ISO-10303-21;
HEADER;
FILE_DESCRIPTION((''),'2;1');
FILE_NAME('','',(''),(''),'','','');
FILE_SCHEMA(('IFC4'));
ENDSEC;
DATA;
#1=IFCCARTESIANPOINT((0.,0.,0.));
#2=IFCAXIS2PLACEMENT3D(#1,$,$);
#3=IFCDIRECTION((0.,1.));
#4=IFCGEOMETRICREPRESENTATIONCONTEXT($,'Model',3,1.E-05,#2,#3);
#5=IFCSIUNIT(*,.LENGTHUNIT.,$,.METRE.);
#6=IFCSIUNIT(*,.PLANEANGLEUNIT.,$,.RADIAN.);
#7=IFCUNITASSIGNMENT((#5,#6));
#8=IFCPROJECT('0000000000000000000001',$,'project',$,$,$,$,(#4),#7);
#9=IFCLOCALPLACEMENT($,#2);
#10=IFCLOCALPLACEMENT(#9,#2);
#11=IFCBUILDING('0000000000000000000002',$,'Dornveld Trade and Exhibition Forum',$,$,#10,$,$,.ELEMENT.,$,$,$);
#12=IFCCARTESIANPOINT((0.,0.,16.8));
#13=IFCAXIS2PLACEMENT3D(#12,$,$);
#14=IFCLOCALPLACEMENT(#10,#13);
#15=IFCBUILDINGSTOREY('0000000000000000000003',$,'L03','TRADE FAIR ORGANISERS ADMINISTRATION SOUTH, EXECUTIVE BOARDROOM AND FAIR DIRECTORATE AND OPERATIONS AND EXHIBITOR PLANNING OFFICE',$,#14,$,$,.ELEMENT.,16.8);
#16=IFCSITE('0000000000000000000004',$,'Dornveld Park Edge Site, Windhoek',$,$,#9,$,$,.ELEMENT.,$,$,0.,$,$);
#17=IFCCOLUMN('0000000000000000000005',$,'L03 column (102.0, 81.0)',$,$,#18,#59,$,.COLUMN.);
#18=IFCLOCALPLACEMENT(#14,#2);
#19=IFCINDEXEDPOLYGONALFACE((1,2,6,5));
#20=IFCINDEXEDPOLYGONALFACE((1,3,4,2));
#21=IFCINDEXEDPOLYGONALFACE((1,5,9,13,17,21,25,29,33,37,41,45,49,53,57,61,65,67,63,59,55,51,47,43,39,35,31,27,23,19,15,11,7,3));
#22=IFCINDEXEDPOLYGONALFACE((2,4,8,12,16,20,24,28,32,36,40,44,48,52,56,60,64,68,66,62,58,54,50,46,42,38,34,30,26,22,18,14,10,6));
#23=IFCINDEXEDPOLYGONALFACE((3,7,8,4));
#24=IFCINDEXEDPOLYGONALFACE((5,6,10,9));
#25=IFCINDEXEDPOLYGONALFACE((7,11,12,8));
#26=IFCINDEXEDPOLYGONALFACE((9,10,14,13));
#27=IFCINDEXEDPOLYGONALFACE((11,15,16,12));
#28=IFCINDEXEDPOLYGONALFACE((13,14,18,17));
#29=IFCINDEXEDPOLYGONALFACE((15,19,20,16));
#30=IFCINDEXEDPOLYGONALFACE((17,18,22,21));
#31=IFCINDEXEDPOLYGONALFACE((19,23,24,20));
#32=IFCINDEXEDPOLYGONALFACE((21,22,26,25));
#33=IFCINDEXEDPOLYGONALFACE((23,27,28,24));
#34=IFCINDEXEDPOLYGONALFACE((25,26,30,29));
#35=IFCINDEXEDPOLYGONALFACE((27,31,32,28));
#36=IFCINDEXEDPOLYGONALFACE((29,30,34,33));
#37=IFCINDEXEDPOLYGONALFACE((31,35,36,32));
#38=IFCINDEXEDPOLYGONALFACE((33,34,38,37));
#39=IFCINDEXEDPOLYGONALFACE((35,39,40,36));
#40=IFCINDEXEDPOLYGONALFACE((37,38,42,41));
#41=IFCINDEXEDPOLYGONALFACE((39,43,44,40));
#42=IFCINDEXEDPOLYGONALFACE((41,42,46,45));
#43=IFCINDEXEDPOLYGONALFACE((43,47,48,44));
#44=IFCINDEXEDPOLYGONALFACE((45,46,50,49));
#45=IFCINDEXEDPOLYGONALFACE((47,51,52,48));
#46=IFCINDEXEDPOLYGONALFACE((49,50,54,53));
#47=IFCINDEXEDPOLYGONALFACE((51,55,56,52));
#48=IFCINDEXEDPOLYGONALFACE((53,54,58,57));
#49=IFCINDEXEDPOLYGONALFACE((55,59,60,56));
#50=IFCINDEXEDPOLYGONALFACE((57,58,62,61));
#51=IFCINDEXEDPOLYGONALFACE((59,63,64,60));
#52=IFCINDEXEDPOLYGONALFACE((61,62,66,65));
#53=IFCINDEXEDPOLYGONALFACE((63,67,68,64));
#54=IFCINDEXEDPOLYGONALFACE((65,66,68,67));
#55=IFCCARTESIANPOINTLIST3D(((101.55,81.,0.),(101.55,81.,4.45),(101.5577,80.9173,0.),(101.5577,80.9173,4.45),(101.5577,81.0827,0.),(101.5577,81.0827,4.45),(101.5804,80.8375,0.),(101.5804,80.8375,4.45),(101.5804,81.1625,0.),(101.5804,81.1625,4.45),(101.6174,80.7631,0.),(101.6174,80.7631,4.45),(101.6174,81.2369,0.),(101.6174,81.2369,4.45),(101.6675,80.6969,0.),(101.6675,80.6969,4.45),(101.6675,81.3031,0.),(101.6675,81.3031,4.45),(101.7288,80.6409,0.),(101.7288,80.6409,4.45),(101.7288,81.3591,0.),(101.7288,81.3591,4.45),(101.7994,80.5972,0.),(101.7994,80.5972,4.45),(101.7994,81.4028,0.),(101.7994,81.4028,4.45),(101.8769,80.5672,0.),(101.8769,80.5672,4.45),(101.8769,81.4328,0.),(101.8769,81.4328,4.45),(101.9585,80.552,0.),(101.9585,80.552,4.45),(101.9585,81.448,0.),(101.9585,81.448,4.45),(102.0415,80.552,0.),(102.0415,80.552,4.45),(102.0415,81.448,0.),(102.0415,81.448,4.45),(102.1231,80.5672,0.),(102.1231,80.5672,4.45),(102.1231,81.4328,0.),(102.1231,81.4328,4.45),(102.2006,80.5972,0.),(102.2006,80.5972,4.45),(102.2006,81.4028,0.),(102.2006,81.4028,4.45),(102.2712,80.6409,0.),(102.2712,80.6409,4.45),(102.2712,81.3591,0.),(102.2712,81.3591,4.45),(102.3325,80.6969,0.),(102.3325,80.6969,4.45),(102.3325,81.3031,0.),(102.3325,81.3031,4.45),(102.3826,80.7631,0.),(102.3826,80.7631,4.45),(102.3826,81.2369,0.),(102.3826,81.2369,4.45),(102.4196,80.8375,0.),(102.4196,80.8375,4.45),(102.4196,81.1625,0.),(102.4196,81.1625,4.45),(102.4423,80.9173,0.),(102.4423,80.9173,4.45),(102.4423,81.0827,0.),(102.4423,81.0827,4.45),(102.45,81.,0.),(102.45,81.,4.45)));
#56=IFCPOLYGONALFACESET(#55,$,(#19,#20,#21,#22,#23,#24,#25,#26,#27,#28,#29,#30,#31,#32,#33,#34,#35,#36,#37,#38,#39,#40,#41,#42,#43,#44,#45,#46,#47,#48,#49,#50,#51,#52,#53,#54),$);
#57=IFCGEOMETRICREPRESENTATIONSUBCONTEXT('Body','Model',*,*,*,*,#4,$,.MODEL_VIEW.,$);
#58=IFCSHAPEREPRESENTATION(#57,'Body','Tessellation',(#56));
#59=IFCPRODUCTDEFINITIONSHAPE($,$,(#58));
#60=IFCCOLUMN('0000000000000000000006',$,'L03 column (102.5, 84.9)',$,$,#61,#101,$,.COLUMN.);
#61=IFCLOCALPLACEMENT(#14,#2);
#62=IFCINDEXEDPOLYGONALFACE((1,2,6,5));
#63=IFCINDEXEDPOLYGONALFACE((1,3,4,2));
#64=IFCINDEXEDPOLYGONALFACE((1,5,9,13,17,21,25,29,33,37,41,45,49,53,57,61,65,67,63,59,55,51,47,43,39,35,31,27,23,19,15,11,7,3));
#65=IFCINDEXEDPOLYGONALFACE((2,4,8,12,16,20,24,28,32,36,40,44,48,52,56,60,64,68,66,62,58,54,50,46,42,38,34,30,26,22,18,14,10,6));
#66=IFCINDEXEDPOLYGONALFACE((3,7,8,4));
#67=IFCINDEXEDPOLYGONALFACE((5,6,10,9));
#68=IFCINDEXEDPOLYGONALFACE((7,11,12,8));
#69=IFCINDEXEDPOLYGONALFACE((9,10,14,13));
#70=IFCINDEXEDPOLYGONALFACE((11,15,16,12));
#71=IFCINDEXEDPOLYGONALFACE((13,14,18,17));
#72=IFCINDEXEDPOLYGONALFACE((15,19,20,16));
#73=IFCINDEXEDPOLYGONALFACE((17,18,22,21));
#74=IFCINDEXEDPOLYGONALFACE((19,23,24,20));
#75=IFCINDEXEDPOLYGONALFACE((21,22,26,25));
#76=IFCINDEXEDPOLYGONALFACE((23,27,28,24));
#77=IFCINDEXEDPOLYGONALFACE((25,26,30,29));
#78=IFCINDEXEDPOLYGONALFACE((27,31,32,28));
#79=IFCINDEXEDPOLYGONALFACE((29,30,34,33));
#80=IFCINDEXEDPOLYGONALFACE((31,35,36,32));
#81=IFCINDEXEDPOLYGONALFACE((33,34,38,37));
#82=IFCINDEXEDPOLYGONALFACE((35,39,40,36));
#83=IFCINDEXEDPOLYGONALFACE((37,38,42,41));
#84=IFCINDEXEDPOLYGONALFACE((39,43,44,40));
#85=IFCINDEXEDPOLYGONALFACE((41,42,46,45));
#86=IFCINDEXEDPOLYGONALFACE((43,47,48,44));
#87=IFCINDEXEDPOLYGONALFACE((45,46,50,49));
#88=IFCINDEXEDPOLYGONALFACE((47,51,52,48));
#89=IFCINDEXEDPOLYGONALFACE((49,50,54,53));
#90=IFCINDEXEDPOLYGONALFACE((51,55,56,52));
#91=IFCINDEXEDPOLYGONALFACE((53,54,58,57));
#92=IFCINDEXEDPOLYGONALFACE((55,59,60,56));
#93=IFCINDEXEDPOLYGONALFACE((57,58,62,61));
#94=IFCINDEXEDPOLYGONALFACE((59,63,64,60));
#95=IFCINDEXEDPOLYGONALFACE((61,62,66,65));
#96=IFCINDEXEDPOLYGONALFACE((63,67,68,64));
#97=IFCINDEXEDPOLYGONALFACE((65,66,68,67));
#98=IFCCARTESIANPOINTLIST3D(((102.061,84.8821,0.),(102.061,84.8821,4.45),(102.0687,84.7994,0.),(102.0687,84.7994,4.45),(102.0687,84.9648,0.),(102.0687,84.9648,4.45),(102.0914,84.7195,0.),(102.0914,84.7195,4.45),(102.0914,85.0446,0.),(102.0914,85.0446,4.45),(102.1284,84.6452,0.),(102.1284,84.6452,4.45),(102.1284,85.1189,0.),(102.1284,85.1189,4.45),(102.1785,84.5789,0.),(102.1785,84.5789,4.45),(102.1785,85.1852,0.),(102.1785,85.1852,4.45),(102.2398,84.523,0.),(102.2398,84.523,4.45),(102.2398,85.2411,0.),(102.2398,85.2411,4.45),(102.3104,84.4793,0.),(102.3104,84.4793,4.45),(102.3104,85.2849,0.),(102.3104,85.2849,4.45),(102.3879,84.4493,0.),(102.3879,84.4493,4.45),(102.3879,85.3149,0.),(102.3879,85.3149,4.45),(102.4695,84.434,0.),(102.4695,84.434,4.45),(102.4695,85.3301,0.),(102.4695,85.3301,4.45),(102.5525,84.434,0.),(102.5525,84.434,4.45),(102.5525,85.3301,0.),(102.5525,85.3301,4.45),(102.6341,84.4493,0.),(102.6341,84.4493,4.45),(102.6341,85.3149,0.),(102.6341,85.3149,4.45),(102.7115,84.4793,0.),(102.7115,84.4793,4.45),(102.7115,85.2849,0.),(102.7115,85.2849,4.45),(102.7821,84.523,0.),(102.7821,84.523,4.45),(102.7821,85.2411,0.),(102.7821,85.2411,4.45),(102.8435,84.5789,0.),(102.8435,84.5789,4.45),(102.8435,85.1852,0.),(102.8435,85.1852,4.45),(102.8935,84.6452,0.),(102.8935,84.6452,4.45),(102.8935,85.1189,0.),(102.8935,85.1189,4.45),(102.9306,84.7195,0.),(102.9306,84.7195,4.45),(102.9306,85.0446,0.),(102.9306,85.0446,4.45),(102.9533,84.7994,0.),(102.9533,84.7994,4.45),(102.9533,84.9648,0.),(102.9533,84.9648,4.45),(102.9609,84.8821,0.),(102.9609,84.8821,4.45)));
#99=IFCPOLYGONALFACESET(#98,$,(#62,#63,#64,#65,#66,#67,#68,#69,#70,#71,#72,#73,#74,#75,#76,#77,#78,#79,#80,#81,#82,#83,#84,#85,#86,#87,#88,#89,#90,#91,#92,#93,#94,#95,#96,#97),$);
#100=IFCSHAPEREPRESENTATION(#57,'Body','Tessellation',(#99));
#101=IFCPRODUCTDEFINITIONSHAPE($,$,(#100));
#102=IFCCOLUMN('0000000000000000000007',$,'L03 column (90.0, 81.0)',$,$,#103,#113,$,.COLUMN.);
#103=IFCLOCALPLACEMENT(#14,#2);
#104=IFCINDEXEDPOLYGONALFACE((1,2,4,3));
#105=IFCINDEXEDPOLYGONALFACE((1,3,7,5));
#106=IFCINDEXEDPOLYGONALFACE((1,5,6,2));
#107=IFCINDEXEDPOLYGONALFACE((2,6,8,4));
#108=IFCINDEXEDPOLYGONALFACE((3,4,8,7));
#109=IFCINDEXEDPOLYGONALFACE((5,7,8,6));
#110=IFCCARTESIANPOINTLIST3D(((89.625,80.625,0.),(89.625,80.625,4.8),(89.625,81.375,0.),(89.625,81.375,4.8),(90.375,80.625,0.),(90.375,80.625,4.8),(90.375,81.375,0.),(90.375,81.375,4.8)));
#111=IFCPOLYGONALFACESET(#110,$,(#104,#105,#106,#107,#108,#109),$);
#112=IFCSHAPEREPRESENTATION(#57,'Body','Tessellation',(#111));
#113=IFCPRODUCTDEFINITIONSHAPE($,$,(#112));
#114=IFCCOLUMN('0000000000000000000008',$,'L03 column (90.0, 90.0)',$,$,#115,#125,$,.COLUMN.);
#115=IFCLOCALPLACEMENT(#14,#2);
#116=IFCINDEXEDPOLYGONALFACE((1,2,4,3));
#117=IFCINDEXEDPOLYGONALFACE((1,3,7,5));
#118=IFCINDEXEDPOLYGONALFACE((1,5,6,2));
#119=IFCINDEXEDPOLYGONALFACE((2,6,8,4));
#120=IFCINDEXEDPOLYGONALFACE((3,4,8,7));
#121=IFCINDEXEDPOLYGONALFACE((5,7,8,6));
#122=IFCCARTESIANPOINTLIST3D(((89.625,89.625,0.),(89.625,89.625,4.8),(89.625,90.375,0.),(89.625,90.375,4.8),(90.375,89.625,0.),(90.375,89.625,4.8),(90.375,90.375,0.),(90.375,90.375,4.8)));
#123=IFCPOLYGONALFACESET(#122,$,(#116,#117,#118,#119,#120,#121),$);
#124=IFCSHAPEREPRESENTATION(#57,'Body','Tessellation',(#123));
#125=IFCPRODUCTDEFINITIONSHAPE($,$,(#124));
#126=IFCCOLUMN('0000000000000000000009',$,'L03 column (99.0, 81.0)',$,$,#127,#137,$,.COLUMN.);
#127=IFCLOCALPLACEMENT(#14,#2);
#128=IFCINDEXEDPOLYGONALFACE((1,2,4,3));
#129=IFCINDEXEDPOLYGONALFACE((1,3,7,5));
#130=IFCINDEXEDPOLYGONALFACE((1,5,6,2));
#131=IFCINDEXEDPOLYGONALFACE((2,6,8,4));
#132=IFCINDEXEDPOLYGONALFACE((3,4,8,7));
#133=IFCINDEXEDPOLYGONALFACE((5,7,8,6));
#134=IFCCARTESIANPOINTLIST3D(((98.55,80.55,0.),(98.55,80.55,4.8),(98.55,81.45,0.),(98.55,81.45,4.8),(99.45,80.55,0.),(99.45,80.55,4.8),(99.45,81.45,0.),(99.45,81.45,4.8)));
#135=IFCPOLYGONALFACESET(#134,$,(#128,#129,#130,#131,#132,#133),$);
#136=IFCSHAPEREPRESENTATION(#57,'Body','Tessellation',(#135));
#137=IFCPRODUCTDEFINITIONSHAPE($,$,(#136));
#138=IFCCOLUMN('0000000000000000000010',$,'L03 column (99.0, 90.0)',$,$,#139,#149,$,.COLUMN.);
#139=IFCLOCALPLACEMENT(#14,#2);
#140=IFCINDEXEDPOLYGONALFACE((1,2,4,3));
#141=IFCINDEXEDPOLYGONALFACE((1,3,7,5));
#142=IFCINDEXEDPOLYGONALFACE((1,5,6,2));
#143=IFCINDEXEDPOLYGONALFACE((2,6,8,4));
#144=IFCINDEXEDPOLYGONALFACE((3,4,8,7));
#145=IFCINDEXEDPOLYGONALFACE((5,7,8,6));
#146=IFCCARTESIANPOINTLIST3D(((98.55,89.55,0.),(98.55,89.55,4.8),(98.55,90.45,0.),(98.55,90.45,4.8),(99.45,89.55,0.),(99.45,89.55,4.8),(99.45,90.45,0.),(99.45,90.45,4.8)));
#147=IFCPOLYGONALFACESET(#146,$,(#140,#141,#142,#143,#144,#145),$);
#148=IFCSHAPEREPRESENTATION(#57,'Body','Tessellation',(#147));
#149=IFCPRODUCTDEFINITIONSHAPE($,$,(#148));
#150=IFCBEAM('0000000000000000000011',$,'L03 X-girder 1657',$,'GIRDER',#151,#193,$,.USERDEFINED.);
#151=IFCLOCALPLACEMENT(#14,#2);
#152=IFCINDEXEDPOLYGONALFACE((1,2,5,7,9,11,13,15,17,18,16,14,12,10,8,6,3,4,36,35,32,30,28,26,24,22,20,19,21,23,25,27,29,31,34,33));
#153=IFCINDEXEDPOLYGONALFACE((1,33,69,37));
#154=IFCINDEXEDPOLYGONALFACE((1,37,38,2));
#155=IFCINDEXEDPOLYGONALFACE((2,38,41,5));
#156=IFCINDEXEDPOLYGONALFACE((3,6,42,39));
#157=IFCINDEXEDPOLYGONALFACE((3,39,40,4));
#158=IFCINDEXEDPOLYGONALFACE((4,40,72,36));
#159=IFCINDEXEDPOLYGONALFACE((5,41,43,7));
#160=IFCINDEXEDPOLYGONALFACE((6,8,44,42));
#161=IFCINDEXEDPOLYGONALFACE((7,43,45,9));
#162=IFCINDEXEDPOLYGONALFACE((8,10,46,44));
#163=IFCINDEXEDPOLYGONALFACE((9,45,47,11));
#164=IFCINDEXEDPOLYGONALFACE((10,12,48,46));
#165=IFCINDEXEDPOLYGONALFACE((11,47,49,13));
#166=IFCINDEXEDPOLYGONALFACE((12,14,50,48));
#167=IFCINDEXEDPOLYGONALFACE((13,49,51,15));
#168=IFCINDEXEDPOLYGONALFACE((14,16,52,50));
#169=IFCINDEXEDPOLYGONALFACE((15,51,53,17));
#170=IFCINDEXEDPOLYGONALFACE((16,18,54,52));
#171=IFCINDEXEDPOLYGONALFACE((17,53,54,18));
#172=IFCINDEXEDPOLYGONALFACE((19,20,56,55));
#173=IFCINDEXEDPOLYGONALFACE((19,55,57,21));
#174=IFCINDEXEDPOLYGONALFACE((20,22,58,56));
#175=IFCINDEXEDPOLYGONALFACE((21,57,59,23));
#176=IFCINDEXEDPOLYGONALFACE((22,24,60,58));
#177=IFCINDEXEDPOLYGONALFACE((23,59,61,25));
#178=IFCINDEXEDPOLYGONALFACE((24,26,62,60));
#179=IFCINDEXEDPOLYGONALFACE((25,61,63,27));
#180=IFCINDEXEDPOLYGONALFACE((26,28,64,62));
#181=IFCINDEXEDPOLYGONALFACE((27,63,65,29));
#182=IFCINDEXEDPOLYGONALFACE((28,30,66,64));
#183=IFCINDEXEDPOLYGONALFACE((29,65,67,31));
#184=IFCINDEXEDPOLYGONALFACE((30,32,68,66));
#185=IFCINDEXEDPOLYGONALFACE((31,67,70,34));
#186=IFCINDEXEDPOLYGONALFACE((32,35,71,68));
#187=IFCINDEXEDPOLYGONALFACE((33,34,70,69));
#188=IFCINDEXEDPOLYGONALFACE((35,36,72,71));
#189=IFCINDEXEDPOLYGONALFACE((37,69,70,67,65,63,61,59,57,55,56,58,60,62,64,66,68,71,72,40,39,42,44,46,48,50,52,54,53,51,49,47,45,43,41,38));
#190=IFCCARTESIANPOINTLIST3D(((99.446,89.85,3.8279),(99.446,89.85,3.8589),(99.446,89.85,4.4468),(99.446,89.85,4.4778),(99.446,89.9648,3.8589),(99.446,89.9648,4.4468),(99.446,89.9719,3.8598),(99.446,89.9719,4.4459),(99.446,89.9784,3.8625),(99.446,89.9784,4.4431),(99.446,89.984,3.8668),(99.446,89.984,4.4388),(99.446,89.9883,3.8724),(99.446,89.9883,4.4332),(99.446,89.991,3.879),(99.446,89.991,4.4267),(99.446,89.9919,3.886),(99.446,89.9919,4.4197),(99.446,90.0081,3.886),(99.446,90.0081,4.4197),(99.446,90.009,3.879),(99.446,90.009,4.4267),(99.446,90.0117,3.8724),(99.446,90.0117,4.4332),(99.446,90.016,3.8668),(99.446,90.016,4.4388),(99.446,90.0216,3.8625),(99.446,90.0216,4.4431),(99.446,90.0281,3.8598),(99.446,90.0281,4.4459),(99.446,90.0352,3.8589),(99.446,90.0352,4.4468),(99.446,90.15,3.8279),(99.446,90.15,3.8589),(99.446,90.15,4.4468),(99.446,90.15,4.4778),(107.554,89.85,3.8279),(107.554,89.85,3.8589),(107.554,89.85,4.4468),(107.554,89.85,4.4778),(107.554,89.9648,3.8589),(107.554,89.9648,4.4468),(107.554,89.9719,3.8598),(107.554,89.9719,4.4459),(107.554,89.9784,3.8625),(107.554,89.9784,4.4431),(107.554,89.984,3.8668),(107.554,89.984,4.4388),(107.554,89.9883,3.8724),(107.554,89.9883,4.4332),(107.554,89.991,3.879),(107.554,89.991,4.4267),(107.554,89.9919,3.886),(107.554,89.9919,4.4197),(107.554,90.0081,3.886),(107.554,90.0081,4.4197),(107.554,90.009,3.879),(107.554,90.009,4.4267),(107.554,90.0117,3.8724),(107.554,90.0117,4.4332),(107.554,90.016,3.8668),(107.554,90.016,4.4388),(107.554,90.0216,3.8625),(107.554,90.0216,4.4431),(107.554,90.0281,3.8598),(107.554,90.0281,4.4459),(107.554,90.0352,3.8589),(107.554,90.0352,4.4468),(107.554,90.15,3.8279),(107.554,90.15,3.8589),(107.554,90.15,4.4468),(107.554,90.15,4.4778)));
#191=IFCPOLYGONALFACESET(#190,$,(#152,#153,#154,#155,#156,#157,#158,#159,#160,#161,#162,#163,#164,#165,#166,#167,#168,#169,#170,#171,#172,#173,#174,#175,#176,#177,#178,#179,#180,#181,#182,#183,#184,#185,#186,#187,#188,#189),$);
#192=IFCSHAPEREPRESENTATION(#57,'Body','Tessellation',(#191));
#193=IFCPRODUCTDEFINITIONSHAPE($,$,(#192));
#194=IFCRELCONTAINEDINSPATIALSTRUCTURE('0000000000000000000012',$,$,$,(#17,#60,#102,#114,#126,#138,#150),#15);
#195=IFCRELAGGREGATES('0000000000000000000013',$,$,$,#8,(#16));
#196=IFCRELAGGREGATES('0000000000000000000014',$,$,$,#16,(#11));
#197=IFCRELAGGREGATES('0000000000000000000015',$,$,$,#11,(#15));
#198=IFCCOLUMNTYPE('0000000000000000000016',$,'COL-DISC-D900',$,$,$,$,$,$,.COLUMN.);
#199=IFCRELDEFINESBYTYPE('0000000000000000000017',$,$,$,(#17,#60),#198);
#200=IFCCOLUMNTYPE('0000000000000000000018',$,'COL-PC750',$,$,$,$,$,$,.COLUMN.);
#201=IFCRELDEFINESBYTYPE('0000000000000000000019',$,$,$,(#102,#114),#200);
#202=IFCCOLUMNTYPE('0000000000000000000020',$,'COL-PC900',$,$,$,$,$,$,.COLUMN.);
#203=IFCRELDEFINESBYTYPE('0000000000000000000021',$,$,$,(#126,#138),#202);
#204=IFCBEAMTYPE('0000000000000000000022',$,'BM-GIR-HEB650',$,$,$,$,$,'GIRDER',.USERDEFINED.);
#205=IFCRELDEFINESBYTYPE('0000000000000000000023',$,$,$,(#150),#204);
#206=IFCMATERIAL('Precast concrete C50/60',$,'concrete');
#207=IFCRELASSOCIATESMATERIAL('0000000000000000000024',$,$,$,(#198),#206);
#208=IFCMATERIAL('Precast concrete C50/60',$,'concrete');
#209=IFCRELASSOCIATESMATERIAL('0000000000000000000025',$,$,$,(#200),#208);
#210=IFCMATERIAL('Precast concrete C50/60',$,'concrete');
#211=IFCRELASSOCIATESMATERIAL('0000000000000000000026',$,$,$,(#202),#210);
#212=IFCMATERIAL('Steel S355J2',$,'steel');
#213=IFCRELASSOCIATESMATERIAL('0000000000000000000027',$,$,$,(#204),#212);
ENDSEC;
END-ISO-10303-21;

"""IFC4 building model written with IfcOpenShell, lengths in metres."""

from ifc_helpers import new_model, si_unit, direction, frame, origin, origin_2d, place, context, subcontext, project, spatial, rectangle, circle, i_section, extrude, material, material_profile, profile_set, type_object, element, save


model = new_model("IFC4")

# Units and contexts
model_context = context("Model", 3, precision=1e-05, world=origin(), true_north=direction((0.0, 1.0)))
body_context = subcontext(model_context, "Body", "Model", "MODEL_VIEW")
ifc_project = project(units=[si_unit("LENGTHUNIT", "METRE"), si_unit("PLANEANGLEUNIT", "RADIAN")], contexts=[model_context])

# Site, building, storey
site_placement = place(None, origin())
site = spatial("IfcSite", under=ifc_project, at=site_placement, Name="Dornveld Park Edge Site, Windhoek", CompositionType="ELEMENT", RefElevation=0.0)
building_placement = place(site_placement, origin())
building = spatial("IfcBuilding", under=site, at=building_placement, Name="Dornveld Trade and Exhibition Forum", CompositionType="ELEMENT")
storey_placement = place(building_placement, frame((0.0, 0.0, 16.8)))
storey = spatial("IfcBuildingStorey", under=building, at=storey_placement, Name="L03", Description="TRADE FAIR ORGANISERS ADMINISTRATION SOUTH, EXECUTIVE BOARDROOM AND FAIR DIRECTORATE AND OPERATIONS AND EXHIBITOR PLANNING OFFICE", CompositionType="ELEMENT", Elevation=16.8)

# Columns
ifc_material_1 = material(Name="Precast concrete C50/60", Category="concrete")
ifc_material_profile_1 = material_profile(ifc_material_1, circle(Radius=0.45, at=origin_2d()), Name="PC-COL D900")
ifc_profile_set_1 = profile_set([ifc_material_profile_1], Name="Precast concrete C50/60")
column_type_1 = type_object("IfcColumnType", Name="COL-DISC-D900", PredefinedType="COLUMN", material=ifc_profile_set_1)
for number, where, z_axis, x_axis, name in (
    (1, (102.0, 81.0, 0.0), (0.0, 0.0, 1.0), (1.0, 0.0, 0.0), "L03 column (102.0, 81.0)"),
    (2, (102.511, 84.8821, 0.0), (0.0, 0.0, 1.0), (1.0, 0.0, 0.0), "L03 column (102.5, 84.9)"),
):
    element("IfcColumn", number, at=place(storey_placement, frame(where, z_axis=z_axis, x_axis=x_axis)), inside=storey, type_object=column_type_1, Name=name, PredefinedType="COLUMN", context=body_context, shape_type="SweptSolid", body=[
        extrude(circle(Radius=0.45, at=origin_2d()), origin(), (0.0, 0.0, 1.0), 4.45),
    ])
ifc_material_2 = material(Name="Precast concrete C50/60", Category="concrete")
ifc_material_profile_2 = material_profile(ifc_material_2, rectangle(XDim=0.75, YDim=0.75, at=origin_2d()), Name="PC-COL 750x750")
ifc_profile_set_2 = profile_set([ifc_material_profile_2], Name="Precast concrete C50/60")
column_type_2 = type_object("IfcColumnType", Name="COL-PC750", PredefinedType="COLUMN", material=ifc_profile_set_2)
for number, where, z_axis, x_axis, name in (
    (3, (90.0, 81.0, 0.0), (0.0, 0.0, 1.0), (1.0, 0.0, 0.0), "L03 column (90.0, 81.0)"),
    (4, (90.0, 90.0, 0.0), (0.0, 0.0, 1.0), (1.0, 0.0, 0.0), "L03 column (90.0, 90.0)"),
):
    element("IfcColumn", number, at=place(storey_placement, frame(where, z_axis=z_axis, x_axis=x_axis)), inside=storey, type_object=column_type_2, Name=name, PredefinedType="COLUMN", context=body_context, shape_type="SweptSolid", body=[
        extrude(rectangle(XDim=0.75, YDim=0.75, at=origin_2d()), origin(), (0.0, 0.0, 1.0), 4.8),
    ])
ifc_material_3 = material(Name="Precast concrete C50/60", Category="concrete")
ifc_material_profile_3 = material_profile(ifc_material_3, rectangle(XDim=0.8999, YDim=0.8999, at=origin_2d()), Name="PC-COL 900x900")
ifc_profile_set_3 = profile_set([ifc_material_profile_3], Name="Precast concrete C50/60")
column_type_3 = type_object("IfcColumnType", Name="COL-PC900", PredefinedType="COLUMN", material=ifc_profile_set_3)
for number, where, z_axis, x_axis, name in (
    (5, (99.0, 81.0, 0.0), (0.0, 0.0, 1.0), (1.0, 0.0, 0.0), "L03 column (99.0, 81.0)"),
    (6, (99.0, 90.0, 0.0), (0.0, 0.0, 1.0), (1.0, 0.0, 0.0), "L03 column (99.0, 90.0)"),
):
    element("IfcColumn", number, at=place(storey_placement, frame(where, z_axis=z_axis, x_axis=x_axis)), inside=storey, type_object=column_type_3, Name=name, PredefinedType="COLUMN", context=body_context, shape_type="SweptSolid", body=[
        extrude(rectangle(XDim=0.8999, YDim=0.8999, at=origin_2d()), origin(), (0.0, 0.0, 1.0), 4.8),
    ])

# Beam
ifc_material_4 = material(Name="Steel S355J2", Category="steel")
ifc_material_profile_4 = material_profile(ifc_material_4, i_section(OverallWidth=0.3, OverallDepth=0.6499, WebThickness=0.0161, FlangeThickness=0.031, FilletRadius=0.0271, at=origin_2d()), Name="HEB 650")
ifc_profile_set_4 = profile_set([ifc_material_profile_4], Name="Steel S355J2")
beam_type = type_object("IfcBeamType", Name="BM-GIR-HEB650", ElementType="GIRDER", PredefinedType="USERDEFINED", material=ifc_profile_set_4)
beam_placement = place(storey_placement, frame((99.446, 90.0, 4.1528), z_axis=(1.0, 0.0, 0.0), x_axis=(0.0, 1.0, 0.0)))
element("IfcBeam", 7, at=beam_placement, inside=storey, type_object=beam_type, Name="L03 X-girder 1657", ObjectType="GIRDER", PredefinedType="USERDEFINED", context=body_context, shape_type="SweptSolid", body=[
    extrude(i_section(OverallWidth=0.3, OverallDepth=0.6499, WebThickness=0.0161, FlangeThickness=0.031, FilletRadius=0.0271, at=origin_2d()), origin(), (0.0, 0.0, 1.0), 8.1079),
])

save(model, "model.ifc")
